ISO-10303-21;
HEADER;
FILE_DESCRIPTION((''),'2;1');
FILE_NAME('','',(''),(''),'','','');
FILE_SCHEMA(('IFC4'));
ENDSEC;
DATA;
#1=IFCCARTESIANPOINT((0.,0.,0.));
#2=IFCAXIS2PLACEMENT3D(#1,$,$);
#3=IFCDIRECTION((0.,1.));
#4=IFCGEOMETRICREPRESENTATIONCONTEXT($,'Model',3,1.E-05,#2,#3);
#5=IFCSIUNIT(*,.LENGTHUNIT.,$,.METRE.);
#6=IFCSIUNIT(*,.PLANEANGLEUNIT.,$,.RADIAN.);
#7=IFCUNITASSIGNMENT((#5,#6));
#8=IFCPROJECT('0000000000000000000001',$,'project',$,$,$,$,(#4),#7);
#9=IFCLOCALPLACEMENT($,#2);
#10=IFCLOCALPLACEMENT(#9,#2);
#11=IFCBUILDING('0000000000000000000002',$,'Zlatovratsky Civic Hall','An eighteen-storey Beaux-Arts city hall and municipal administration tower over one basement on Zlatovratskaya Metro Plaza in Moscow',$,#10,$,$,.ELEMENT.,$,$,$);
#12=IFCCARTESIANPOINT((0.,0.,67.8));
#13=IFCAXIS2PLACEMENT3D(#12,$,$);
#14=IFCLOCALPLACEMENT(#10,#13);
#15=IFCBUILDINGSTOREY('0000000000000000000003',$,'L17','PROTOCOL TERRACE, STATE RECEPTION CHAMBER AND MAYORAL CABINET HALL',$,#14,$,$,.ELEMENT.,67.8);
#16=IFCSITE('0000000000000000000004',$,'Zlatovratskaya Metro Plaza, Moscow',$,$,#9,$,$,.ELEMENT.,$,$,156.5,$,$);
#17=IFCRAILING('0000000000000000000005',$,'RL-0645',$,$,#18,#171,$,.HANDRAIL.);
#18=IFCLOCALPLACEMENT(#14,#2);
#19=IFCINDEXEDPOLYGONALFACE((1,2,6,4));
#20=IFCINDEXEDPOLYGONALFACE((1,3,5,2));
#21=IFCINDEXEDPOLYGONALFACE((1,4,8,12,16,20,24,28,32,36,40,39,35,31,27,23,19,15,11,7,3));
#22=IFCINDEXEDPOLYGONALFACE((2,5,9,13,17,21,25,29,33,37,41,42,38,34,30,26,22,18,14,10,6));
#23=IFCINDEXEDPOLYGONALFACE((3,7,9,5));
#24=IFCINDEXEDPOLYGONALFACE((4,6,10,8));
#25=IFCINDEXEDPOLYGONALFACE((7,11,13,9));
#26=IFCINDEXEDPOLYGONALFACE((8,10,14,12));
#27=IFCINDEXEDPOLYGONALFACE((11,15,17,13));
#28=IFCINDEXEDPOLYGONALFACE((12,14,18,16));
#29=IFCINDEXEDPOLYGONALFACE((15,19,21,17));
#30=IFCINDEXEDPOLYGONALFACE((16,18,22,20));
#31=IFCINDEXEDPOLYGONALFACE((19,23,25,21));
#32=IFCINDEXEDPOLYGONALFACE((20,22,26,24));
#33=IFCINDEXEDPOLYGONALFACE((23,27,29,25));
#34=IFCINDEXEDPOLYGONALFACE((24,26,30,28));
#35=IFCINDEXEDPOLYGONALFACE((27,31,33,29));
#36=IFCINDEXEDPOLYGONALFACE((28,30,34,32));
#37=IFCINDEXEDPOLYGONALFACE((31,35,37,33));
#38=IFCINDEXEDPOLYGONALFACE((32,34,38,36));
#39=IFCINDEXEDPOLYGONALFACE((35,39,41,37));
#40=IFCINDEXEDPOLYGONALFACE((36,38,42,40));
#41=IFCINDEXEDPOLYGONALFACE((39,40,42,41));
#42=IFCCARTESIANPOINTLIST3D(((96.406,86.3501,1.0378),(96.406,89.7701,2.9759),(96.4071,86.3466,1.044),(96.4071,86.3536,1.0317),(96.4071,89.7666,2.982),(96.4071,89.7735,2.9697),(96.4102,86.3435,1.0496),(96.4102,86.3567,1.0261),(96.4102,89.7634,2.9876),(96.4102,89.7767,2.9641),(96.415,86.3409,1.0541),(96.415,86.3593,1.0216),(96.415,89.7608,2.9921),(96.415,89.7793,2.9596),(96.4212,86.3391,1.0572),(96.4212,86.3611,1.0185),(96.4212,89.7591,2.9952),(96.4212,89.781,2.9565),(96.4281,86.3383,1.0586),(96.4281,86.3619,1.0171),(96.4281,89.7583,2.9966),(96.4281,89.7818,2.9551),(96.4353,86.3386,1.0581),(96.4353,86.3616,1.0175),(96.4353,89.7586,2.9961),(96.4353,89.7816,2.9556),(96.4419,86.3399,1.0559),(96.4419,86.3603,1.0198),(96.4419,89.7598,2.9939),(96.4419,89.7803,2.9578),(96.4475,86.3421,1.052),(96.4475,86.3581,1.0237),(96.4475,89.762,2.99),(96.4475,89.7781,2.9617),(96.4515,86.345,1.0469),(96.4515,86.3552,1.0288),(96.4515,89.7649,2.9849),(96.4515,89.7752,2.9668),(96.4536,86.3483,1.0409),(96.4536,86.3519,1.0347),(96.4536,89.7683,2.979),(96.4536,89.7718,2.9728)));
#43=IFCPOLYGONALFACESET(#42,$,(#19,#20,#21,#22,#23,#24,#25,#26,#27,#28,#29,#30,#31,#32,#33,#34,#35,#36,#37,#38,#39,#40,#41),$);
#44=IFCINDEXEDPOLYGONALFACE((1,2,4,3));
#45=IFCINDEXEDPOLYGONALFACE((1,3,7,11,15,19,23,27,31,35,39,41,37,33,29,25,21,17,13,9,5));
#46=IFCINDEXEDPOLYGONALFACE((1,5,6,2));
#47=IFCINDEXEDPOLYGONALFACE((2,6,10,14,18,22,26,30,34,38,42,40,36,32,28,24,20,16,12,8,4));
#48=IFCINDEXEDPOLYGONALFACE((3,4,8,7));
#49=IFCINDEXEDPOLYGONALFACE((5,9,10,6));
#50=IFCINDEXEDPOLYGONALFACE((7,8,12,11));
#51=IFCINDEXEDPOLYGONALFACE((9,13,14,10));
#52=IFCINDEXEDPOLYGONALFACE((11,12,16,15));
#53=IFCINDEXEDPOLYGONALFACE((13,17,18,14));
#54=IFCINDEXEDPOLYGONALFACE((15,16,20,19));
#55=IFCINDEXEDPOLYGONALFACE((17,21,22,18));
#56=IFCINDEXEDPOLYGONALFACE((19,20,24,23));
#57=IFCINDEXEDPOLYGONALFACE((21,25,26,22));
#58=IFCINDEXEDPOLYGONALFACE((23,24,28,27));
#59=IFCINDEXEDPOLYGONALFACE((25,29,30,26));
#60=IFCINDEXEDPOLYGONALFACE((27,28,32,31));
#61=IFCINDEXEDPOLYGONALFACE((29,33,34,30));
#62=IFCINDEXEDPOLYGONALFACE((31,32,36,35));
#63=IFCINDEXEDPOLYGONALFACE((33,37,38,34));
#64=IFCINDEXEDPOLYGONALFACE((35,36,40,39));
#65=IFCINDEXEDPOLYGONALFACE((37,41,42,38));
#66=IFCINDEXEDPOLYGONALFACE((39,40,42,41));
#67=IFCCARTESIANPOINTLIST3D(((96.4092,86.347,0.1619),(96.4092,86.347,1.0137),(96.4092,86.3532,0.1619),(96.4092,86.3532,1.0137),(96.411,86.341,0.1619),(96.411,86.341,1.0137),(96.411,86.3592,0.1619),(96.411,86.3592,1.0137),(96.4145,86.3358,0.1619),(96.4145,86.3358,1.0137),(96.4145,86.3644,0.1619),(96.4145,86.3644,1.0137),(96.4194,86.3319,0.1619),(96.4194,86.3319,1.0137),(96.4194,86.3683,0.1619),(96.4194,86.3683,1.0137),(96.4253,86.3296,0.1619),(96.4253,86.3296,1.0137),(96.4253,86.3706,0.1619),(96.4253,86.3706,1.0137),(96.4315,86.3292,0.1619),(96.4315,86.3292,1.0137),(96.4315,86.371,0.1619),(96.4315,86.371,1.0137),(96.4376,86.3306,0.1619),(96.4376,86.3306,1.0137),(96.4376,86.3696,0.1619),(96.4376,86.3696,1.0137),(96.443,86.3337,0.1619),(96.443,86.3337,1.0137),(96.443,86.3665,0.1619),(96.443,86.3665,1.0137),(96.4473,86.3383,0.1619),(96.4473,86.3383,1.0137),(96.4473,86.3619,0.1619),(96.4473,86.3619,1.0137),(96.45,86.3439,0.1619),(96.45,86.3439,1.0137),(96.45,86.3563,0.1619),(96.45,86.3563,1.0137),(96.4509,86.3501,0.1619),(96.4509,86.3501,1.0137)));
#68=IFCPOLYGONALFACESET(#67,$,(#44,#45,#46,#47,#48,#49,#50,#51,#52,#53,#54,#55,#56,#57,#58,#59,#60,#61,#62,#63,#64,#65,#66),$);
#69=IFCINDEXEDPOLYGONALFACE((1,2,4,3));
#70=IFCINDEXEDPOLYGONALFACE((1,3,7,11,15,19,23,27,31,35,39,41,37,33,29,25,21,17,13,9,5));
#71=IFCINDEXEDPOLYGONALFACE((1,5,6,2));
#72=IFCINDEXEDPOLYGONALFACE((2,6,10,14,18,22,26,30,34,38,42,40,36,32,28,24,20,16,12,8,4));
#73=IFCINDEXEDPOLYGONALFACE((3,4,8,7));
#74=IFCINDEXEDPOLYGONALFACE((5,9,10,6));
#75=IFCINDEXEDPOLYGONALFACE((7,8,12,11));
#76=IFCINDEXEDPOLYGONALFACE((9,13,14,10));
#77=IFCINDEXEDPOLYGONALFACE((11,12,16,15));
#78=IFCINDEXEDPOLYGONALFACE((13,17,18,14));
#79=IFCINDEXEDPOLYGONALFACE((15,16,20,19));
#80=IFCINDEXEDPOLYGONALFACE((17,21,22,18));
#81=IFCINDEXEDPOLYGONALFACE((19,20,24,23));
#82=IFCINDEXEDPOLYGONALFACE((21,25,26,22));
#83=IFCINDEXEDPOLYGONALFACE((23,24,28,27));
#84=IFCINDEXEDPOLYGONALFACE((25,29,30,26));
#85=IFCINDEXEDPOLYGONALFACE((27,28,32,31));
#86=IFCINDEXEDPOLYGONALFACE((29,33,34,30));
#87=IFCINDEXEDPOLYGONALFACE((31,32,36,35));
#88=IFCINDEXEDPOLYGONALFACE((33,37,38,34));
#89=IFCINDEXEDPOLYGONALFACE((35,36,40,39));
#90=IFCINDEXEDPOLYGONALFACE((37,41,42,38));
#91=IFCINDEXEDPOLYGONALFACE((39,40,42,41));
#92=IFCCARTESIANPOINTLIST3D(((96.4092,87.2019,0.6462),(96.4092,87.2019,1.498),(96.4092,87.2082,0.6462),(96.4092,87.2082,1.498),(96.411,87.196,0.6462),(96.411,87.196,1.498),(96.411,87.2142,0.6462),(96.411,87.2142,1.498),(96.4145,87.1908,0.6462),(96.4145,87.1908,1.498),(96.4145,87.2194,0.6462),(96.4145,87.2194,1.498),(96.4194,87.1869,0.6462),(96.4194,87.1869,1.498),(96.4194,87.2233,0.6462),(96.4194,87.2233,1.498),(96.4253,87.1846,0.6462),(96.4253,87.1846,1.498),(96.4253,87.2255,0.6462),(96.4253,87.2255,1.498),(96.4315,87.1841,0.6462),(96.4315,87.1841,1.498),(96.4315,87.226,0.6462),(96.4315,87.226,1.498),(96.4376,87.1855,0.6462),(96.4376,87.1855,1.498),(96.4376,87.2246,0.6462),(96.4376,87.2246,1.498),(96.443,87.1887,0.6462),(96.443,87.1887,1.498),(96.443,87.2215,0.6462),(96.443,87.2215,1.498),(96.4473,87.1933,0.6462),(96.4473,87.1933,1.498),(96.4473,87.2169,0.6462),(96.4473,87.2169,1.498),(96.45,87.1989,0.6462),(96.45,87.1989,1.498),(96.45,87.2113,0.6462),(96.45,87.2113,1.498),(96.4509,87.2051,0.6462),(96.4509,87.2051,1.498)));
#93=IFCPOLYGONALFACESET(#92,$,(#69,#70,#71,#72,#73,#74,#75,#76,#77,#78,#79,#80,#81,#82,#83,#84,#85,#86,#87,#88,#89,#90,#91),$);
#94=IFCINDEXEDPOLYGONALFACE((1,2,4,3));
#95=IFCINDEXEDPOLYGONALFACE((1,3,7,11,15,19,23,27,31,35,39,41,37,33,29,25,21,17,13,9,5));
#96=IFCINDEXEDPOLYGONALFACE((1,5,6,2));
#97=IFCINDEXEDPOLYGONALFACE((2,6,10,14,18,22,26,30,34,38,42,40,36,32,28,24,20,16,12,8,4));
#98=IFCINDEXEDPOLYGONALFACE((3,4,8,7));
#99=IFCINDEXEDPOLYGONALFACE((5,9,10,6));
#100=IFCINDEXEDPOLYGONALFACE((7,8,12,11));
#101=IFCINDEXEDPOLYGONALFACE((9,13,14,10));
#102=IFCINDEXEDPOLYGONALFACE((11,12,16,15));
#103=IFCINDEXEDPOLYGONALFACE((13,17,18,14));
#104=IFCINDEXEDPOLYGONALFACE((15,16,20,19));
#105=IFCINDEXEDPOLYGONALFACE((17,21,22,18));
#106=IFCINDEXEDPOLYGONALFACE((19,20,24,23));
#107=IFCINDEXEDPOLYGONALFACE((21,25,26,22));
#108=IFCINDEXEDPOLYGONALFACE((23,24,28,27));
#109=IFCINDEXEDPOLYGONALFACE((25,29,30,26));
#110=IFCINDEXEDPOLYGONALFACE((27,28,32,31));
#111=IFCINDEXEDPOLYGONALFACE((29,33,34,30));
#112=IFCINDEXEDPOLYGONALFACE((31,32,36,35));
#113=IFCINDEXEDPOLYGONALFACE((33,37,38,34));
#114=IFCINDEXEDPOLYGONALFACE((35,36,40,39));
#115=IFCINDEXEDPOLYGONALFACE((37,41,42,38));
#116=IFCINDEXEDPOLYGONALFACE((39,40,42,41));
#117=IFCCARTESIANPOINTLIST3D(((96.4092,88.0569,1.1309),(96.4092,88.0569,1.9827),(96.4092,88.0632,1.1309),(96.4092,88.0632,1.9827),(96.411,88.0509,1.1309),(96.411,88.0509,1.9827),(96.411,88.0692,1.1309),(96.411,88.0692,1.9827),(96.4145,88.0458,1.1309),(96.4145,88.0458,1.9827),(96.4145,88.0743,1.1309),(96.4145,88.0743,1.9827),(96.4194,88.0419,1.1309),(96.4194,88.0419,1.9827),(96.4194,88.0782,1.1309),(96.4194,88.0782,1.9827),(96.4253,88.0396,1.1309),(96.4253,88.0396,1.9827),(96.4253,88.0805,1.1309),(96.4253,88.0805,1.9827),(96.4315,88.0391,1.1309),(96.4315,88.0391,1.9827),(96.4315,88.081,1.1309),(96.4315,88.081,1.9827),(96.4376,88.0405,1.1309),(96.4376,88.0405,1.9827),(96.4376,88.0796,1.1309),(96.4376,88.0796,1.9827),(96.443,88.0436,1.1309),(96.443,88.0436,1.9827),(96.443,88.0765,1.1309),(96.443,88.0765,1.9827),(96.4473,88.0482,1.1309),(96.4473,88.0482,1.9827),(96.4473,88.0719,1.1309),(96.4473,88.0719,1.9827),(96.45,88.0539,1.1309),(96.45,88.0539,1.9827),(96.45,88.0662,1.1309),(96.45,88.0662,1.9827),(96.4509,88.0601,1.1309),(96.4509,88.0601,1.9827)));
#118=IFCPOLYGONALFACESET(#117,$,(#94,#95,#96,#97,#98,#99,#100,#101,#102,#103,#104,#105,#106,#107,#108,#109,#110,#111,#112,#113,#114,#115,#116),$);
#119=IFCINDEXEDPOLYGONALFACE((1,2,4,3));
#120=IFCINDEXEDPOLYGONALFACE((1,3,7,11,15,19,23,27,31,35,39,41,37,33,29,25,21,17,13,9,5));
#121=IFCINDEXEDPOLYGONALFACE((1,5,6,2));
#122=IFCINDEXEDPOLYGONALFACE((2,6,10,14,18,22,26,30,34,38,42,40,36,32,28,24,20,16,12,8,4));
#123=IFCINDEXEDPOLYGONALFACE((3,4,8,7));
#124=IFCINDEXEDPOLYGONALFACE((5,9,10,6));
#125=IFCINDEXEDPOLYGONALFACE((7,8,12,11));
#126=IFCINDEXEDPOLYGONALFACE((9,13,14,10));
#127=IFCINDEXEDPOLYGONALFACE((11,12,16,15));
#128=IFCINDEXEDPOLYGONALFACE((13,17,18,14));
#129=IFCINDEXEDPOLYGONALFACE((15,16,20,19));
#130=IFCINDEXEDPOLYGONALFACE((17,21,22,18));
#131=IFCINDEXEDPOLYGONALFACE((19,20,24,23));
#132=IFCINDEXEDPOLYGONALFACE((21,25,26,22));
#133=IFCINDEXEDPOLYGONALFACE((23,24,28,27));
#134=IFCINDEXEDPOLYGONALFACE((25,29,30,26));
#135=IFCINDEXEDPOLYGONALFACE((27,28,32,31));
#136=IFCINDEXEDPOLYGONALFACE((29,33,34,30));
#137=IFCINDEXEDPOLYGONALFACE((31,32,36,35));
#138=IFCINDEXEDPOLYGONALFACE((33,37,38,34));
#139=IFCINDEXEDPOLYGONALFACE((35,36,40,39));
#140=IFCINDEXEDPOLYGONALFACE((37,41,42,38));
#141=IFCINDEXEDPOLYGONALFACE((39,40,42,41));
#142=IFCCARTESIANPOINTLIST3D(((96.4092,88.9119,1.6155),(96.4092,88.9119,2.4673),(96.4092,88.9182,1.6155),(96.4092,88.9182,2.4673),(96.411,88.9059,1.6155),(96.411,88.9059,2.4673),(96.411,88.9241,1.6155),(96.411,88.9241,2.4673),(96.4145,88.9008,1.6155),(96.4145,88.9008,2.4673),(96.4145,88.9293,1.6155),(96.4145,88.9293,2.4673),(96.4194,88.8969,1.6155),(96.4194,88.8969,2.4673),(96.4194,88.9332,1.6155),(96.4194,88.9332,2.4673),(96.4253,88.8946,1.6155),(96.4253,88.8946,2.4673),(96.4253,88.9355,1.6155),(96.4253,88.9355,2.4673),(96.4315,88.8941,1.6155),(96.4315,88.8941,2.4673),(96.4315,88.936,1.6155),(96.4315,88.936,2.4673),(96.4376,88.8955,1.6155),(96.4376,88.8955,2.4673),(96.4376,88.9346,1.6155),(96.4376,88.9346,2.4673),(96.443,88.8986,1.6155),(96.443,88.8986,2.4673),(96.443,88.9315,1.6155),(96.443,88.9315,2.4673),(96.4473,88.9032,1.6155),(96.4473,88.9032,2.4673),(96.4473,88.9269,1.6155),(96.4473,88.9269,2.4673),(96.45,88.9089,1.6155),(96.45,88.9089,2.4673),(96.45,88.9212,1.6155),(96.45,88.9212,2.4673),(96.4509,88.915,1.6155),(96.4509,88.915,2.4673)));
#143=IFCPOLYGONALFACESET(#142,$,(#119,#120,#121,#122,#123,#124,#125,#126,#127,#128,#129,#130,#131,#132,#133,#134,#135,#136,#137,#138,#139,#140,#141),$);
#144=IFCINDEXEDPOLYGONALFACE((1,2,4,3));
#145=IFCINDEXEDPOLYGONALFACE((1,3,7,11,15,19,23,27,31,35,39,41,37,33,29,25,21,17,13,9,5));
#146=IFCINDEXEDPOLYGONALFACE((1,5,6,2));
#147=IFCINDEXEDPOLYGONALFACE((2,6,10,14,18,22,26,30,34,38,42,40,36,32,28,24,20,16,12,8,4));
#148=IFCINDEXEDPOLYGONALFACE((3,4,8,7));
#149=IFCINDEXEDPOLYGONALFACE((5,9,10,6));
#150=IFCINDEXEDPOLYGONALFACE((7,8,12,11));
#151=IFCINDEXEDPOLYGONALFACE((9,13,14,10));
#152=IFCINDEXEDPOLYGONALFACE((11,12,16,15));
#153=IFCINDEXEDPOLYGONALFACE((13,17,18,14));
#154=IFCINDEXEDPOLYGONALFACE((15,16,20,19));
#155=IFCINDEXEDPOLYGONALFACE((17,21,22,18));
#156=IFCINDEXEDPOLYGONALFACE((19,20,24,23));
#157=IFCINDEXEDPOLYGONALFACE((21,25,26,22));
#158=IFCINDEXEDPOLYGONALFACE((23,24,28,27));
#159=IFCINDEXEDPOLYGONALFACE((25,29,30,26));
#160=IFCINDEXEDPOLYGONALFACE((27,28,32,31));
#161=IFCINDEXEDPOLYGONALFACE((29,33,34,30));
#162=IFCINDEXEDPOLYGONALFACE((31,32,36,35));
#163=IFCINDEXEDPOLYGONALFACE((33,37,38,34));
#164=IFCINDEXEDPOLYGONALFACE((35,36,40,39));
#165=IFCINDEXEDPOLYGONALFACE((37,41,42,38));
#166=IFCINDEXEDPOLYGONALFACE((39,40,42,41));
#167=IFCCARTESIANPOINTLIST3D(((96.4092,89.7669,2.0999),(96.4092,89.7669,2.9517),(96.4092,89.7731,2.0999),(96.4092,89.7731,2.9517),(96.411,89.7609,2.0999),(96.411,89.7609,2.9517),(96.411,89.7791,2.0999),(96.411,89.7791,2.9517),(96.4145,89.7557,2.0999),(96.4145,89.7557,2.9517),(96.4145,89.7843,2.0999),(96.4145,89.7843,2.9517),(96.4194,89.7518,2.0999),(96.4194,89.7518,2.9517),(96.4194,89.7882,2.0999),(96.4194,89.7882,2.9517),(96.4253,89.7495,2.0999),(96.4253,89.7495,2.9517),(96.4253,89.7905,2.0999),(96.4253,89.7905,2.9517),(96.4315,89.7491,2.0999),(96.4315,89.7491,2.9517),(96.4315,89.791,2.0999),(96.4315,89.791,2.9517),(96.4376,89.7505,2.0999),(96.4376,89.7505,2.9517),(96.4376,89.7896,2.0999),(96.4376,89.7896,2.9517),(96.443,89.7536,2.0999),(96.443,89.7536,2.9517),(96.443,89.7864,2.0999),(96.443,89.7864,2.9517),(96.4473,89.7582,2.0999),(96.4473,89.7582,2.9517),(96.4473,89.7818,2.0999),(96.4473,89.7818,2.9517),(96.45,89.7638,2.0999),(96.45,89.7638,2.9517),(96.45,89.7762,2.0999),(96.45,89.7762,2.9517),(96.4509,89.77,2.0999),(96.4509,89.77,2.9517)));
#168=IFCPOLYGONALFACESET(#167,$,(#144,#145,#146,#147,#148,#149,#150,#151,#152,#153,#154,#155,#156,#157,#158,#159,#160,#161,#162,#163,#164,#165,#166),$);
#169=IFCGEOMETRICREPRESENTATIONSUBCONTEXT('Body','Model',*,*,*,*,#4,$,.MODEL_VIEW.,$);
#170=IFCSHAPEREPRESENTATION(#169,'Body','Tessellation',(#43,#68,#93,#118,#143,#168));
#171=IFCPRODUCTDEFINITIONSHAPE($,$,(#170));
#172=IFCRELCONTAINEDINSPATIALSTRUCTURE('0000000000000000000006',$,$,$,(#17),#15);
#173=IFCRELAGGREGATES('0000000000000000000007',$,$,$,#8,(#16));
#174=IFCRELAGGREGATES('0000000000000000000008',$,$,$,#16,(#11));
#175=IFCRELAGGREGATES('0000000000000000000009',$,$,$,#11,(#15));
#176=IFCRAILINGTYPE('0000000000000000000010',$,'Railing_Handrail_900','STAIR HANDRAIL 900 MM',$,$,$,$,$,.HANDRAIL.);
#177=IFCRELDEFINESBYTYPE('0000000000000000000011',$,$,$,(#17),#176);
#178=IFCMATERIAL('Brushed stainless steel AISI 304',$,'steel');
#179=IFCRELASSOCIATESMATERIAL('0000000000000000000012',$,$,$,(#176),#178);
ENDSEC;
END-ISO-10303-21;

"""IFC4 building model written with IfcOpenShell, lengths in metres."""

from ifc_helpers import new_model, si_unit, direction, frame, origin, origin_2d, place, context, subcontext, project, spatial, circle, extrude, material, type_object, element, save


model = new_model("IFC4")

# Units and contexts
model_context = context("Model", 3, precision=1e-05, world=origin(), true_north=direction((0.0, 1.0)))
body_context = subcontext(model_context, "Body", "Model", "MODEL_VIEW")
ifc_project = project(units=[si_unit("LENGTHUNIT", "METRE"), si_unit("PLANEANGLEUNIT", "RADIAN")], contexts=[model_context])

# Site, building, storey
site_placement = place(None, origin())
site = spatial("IfcSite", under=ifc_project, at=site_placement, Name="Zlatovratskaya Metro Plaza, Moscow", CompositionType="ELEMENT", RefElevation=156.5)
building_placement = place(site_placement, origin())
building = spatial("IfcBuilding", under=site, at=building_placement, Name="Zlatovratsky Civic Hall", Description="An eighteen-storey Beaux-Arts city hall and municipal administration tower over one basement on Zlatovratskaya Metro Plaza in Moscow", CompositionType="ELEMENT")
storey_placement = place(building_placement, frame((0.0, 0.0, 67.8)))
storey = spatial("IfcBuildingStorey", under=building, at=storey_placement, Name="L17", Description="PROTOCOL TERRACE, STATE RECEPTION CHAMBER AND MAYORAL CABINET HALL", CompositionType="ELEMENT", Elevation=67.8)

# Railing
ifc_material_1 = material(Name="Brushed stainless steel AISI 304", Category="steel")
railing_type_1 = type_object("IfcRailingType", Name="Railing_Handrail_900", Description="STAIR HANDRAIL 900 MM", PredefinedType="HANDRAIL", material=ifc_material_1)
railing_1_placement = place(storey_placement, frame((96.4299, 86.3501, 0.1619)))
element("IfcRailing", 1, at=railing_1_placement, inside=storey, type_object=railing_type_1, Name="RL-0645", PredefinedType="HANDRAIL", context=body_context, shape_type="SweptSolid", body=[
    extrude(circle(Radius=0.0239, at=origin_2d()), frame((0.0, 0.0, 0.876), z_axis=(0.0, 0.870019, 0.493019), x_axis=(-1.0, 0.0, 0.0)), (0.0, 0.0, 1.0), 3.9309),
    extrude(circle(Radius=0.021, at=origin_2d()), origin(), (0.0, 0.0, 1.0), 0.8518),
    extrude(circle(Radius=0.021, at=origin_2d()), frame((0.0, 0.855, 0.4844)), (0.0, 0.0, 1.0), 0.8518),
    extrude(circle(Radius=0.021, at=origin_2d()), frame((0.0, 1.71, 0.969)), (0.0, 0.0, 1.0), 0.8518),
    extrude(circle(Radius=0.021, at=origin_2d()), frame((0.0, 2.5649, 1.4536)), (0.0, 0.0, 1.0), 0.8518),
    extrude(circle(Radius=0.021, at=origin_2d()), frame((0.0, 3.4199, 1.938)), (0.0, 0.0, 1.0), 0.8518),
])

save(model, "model.ifc")
